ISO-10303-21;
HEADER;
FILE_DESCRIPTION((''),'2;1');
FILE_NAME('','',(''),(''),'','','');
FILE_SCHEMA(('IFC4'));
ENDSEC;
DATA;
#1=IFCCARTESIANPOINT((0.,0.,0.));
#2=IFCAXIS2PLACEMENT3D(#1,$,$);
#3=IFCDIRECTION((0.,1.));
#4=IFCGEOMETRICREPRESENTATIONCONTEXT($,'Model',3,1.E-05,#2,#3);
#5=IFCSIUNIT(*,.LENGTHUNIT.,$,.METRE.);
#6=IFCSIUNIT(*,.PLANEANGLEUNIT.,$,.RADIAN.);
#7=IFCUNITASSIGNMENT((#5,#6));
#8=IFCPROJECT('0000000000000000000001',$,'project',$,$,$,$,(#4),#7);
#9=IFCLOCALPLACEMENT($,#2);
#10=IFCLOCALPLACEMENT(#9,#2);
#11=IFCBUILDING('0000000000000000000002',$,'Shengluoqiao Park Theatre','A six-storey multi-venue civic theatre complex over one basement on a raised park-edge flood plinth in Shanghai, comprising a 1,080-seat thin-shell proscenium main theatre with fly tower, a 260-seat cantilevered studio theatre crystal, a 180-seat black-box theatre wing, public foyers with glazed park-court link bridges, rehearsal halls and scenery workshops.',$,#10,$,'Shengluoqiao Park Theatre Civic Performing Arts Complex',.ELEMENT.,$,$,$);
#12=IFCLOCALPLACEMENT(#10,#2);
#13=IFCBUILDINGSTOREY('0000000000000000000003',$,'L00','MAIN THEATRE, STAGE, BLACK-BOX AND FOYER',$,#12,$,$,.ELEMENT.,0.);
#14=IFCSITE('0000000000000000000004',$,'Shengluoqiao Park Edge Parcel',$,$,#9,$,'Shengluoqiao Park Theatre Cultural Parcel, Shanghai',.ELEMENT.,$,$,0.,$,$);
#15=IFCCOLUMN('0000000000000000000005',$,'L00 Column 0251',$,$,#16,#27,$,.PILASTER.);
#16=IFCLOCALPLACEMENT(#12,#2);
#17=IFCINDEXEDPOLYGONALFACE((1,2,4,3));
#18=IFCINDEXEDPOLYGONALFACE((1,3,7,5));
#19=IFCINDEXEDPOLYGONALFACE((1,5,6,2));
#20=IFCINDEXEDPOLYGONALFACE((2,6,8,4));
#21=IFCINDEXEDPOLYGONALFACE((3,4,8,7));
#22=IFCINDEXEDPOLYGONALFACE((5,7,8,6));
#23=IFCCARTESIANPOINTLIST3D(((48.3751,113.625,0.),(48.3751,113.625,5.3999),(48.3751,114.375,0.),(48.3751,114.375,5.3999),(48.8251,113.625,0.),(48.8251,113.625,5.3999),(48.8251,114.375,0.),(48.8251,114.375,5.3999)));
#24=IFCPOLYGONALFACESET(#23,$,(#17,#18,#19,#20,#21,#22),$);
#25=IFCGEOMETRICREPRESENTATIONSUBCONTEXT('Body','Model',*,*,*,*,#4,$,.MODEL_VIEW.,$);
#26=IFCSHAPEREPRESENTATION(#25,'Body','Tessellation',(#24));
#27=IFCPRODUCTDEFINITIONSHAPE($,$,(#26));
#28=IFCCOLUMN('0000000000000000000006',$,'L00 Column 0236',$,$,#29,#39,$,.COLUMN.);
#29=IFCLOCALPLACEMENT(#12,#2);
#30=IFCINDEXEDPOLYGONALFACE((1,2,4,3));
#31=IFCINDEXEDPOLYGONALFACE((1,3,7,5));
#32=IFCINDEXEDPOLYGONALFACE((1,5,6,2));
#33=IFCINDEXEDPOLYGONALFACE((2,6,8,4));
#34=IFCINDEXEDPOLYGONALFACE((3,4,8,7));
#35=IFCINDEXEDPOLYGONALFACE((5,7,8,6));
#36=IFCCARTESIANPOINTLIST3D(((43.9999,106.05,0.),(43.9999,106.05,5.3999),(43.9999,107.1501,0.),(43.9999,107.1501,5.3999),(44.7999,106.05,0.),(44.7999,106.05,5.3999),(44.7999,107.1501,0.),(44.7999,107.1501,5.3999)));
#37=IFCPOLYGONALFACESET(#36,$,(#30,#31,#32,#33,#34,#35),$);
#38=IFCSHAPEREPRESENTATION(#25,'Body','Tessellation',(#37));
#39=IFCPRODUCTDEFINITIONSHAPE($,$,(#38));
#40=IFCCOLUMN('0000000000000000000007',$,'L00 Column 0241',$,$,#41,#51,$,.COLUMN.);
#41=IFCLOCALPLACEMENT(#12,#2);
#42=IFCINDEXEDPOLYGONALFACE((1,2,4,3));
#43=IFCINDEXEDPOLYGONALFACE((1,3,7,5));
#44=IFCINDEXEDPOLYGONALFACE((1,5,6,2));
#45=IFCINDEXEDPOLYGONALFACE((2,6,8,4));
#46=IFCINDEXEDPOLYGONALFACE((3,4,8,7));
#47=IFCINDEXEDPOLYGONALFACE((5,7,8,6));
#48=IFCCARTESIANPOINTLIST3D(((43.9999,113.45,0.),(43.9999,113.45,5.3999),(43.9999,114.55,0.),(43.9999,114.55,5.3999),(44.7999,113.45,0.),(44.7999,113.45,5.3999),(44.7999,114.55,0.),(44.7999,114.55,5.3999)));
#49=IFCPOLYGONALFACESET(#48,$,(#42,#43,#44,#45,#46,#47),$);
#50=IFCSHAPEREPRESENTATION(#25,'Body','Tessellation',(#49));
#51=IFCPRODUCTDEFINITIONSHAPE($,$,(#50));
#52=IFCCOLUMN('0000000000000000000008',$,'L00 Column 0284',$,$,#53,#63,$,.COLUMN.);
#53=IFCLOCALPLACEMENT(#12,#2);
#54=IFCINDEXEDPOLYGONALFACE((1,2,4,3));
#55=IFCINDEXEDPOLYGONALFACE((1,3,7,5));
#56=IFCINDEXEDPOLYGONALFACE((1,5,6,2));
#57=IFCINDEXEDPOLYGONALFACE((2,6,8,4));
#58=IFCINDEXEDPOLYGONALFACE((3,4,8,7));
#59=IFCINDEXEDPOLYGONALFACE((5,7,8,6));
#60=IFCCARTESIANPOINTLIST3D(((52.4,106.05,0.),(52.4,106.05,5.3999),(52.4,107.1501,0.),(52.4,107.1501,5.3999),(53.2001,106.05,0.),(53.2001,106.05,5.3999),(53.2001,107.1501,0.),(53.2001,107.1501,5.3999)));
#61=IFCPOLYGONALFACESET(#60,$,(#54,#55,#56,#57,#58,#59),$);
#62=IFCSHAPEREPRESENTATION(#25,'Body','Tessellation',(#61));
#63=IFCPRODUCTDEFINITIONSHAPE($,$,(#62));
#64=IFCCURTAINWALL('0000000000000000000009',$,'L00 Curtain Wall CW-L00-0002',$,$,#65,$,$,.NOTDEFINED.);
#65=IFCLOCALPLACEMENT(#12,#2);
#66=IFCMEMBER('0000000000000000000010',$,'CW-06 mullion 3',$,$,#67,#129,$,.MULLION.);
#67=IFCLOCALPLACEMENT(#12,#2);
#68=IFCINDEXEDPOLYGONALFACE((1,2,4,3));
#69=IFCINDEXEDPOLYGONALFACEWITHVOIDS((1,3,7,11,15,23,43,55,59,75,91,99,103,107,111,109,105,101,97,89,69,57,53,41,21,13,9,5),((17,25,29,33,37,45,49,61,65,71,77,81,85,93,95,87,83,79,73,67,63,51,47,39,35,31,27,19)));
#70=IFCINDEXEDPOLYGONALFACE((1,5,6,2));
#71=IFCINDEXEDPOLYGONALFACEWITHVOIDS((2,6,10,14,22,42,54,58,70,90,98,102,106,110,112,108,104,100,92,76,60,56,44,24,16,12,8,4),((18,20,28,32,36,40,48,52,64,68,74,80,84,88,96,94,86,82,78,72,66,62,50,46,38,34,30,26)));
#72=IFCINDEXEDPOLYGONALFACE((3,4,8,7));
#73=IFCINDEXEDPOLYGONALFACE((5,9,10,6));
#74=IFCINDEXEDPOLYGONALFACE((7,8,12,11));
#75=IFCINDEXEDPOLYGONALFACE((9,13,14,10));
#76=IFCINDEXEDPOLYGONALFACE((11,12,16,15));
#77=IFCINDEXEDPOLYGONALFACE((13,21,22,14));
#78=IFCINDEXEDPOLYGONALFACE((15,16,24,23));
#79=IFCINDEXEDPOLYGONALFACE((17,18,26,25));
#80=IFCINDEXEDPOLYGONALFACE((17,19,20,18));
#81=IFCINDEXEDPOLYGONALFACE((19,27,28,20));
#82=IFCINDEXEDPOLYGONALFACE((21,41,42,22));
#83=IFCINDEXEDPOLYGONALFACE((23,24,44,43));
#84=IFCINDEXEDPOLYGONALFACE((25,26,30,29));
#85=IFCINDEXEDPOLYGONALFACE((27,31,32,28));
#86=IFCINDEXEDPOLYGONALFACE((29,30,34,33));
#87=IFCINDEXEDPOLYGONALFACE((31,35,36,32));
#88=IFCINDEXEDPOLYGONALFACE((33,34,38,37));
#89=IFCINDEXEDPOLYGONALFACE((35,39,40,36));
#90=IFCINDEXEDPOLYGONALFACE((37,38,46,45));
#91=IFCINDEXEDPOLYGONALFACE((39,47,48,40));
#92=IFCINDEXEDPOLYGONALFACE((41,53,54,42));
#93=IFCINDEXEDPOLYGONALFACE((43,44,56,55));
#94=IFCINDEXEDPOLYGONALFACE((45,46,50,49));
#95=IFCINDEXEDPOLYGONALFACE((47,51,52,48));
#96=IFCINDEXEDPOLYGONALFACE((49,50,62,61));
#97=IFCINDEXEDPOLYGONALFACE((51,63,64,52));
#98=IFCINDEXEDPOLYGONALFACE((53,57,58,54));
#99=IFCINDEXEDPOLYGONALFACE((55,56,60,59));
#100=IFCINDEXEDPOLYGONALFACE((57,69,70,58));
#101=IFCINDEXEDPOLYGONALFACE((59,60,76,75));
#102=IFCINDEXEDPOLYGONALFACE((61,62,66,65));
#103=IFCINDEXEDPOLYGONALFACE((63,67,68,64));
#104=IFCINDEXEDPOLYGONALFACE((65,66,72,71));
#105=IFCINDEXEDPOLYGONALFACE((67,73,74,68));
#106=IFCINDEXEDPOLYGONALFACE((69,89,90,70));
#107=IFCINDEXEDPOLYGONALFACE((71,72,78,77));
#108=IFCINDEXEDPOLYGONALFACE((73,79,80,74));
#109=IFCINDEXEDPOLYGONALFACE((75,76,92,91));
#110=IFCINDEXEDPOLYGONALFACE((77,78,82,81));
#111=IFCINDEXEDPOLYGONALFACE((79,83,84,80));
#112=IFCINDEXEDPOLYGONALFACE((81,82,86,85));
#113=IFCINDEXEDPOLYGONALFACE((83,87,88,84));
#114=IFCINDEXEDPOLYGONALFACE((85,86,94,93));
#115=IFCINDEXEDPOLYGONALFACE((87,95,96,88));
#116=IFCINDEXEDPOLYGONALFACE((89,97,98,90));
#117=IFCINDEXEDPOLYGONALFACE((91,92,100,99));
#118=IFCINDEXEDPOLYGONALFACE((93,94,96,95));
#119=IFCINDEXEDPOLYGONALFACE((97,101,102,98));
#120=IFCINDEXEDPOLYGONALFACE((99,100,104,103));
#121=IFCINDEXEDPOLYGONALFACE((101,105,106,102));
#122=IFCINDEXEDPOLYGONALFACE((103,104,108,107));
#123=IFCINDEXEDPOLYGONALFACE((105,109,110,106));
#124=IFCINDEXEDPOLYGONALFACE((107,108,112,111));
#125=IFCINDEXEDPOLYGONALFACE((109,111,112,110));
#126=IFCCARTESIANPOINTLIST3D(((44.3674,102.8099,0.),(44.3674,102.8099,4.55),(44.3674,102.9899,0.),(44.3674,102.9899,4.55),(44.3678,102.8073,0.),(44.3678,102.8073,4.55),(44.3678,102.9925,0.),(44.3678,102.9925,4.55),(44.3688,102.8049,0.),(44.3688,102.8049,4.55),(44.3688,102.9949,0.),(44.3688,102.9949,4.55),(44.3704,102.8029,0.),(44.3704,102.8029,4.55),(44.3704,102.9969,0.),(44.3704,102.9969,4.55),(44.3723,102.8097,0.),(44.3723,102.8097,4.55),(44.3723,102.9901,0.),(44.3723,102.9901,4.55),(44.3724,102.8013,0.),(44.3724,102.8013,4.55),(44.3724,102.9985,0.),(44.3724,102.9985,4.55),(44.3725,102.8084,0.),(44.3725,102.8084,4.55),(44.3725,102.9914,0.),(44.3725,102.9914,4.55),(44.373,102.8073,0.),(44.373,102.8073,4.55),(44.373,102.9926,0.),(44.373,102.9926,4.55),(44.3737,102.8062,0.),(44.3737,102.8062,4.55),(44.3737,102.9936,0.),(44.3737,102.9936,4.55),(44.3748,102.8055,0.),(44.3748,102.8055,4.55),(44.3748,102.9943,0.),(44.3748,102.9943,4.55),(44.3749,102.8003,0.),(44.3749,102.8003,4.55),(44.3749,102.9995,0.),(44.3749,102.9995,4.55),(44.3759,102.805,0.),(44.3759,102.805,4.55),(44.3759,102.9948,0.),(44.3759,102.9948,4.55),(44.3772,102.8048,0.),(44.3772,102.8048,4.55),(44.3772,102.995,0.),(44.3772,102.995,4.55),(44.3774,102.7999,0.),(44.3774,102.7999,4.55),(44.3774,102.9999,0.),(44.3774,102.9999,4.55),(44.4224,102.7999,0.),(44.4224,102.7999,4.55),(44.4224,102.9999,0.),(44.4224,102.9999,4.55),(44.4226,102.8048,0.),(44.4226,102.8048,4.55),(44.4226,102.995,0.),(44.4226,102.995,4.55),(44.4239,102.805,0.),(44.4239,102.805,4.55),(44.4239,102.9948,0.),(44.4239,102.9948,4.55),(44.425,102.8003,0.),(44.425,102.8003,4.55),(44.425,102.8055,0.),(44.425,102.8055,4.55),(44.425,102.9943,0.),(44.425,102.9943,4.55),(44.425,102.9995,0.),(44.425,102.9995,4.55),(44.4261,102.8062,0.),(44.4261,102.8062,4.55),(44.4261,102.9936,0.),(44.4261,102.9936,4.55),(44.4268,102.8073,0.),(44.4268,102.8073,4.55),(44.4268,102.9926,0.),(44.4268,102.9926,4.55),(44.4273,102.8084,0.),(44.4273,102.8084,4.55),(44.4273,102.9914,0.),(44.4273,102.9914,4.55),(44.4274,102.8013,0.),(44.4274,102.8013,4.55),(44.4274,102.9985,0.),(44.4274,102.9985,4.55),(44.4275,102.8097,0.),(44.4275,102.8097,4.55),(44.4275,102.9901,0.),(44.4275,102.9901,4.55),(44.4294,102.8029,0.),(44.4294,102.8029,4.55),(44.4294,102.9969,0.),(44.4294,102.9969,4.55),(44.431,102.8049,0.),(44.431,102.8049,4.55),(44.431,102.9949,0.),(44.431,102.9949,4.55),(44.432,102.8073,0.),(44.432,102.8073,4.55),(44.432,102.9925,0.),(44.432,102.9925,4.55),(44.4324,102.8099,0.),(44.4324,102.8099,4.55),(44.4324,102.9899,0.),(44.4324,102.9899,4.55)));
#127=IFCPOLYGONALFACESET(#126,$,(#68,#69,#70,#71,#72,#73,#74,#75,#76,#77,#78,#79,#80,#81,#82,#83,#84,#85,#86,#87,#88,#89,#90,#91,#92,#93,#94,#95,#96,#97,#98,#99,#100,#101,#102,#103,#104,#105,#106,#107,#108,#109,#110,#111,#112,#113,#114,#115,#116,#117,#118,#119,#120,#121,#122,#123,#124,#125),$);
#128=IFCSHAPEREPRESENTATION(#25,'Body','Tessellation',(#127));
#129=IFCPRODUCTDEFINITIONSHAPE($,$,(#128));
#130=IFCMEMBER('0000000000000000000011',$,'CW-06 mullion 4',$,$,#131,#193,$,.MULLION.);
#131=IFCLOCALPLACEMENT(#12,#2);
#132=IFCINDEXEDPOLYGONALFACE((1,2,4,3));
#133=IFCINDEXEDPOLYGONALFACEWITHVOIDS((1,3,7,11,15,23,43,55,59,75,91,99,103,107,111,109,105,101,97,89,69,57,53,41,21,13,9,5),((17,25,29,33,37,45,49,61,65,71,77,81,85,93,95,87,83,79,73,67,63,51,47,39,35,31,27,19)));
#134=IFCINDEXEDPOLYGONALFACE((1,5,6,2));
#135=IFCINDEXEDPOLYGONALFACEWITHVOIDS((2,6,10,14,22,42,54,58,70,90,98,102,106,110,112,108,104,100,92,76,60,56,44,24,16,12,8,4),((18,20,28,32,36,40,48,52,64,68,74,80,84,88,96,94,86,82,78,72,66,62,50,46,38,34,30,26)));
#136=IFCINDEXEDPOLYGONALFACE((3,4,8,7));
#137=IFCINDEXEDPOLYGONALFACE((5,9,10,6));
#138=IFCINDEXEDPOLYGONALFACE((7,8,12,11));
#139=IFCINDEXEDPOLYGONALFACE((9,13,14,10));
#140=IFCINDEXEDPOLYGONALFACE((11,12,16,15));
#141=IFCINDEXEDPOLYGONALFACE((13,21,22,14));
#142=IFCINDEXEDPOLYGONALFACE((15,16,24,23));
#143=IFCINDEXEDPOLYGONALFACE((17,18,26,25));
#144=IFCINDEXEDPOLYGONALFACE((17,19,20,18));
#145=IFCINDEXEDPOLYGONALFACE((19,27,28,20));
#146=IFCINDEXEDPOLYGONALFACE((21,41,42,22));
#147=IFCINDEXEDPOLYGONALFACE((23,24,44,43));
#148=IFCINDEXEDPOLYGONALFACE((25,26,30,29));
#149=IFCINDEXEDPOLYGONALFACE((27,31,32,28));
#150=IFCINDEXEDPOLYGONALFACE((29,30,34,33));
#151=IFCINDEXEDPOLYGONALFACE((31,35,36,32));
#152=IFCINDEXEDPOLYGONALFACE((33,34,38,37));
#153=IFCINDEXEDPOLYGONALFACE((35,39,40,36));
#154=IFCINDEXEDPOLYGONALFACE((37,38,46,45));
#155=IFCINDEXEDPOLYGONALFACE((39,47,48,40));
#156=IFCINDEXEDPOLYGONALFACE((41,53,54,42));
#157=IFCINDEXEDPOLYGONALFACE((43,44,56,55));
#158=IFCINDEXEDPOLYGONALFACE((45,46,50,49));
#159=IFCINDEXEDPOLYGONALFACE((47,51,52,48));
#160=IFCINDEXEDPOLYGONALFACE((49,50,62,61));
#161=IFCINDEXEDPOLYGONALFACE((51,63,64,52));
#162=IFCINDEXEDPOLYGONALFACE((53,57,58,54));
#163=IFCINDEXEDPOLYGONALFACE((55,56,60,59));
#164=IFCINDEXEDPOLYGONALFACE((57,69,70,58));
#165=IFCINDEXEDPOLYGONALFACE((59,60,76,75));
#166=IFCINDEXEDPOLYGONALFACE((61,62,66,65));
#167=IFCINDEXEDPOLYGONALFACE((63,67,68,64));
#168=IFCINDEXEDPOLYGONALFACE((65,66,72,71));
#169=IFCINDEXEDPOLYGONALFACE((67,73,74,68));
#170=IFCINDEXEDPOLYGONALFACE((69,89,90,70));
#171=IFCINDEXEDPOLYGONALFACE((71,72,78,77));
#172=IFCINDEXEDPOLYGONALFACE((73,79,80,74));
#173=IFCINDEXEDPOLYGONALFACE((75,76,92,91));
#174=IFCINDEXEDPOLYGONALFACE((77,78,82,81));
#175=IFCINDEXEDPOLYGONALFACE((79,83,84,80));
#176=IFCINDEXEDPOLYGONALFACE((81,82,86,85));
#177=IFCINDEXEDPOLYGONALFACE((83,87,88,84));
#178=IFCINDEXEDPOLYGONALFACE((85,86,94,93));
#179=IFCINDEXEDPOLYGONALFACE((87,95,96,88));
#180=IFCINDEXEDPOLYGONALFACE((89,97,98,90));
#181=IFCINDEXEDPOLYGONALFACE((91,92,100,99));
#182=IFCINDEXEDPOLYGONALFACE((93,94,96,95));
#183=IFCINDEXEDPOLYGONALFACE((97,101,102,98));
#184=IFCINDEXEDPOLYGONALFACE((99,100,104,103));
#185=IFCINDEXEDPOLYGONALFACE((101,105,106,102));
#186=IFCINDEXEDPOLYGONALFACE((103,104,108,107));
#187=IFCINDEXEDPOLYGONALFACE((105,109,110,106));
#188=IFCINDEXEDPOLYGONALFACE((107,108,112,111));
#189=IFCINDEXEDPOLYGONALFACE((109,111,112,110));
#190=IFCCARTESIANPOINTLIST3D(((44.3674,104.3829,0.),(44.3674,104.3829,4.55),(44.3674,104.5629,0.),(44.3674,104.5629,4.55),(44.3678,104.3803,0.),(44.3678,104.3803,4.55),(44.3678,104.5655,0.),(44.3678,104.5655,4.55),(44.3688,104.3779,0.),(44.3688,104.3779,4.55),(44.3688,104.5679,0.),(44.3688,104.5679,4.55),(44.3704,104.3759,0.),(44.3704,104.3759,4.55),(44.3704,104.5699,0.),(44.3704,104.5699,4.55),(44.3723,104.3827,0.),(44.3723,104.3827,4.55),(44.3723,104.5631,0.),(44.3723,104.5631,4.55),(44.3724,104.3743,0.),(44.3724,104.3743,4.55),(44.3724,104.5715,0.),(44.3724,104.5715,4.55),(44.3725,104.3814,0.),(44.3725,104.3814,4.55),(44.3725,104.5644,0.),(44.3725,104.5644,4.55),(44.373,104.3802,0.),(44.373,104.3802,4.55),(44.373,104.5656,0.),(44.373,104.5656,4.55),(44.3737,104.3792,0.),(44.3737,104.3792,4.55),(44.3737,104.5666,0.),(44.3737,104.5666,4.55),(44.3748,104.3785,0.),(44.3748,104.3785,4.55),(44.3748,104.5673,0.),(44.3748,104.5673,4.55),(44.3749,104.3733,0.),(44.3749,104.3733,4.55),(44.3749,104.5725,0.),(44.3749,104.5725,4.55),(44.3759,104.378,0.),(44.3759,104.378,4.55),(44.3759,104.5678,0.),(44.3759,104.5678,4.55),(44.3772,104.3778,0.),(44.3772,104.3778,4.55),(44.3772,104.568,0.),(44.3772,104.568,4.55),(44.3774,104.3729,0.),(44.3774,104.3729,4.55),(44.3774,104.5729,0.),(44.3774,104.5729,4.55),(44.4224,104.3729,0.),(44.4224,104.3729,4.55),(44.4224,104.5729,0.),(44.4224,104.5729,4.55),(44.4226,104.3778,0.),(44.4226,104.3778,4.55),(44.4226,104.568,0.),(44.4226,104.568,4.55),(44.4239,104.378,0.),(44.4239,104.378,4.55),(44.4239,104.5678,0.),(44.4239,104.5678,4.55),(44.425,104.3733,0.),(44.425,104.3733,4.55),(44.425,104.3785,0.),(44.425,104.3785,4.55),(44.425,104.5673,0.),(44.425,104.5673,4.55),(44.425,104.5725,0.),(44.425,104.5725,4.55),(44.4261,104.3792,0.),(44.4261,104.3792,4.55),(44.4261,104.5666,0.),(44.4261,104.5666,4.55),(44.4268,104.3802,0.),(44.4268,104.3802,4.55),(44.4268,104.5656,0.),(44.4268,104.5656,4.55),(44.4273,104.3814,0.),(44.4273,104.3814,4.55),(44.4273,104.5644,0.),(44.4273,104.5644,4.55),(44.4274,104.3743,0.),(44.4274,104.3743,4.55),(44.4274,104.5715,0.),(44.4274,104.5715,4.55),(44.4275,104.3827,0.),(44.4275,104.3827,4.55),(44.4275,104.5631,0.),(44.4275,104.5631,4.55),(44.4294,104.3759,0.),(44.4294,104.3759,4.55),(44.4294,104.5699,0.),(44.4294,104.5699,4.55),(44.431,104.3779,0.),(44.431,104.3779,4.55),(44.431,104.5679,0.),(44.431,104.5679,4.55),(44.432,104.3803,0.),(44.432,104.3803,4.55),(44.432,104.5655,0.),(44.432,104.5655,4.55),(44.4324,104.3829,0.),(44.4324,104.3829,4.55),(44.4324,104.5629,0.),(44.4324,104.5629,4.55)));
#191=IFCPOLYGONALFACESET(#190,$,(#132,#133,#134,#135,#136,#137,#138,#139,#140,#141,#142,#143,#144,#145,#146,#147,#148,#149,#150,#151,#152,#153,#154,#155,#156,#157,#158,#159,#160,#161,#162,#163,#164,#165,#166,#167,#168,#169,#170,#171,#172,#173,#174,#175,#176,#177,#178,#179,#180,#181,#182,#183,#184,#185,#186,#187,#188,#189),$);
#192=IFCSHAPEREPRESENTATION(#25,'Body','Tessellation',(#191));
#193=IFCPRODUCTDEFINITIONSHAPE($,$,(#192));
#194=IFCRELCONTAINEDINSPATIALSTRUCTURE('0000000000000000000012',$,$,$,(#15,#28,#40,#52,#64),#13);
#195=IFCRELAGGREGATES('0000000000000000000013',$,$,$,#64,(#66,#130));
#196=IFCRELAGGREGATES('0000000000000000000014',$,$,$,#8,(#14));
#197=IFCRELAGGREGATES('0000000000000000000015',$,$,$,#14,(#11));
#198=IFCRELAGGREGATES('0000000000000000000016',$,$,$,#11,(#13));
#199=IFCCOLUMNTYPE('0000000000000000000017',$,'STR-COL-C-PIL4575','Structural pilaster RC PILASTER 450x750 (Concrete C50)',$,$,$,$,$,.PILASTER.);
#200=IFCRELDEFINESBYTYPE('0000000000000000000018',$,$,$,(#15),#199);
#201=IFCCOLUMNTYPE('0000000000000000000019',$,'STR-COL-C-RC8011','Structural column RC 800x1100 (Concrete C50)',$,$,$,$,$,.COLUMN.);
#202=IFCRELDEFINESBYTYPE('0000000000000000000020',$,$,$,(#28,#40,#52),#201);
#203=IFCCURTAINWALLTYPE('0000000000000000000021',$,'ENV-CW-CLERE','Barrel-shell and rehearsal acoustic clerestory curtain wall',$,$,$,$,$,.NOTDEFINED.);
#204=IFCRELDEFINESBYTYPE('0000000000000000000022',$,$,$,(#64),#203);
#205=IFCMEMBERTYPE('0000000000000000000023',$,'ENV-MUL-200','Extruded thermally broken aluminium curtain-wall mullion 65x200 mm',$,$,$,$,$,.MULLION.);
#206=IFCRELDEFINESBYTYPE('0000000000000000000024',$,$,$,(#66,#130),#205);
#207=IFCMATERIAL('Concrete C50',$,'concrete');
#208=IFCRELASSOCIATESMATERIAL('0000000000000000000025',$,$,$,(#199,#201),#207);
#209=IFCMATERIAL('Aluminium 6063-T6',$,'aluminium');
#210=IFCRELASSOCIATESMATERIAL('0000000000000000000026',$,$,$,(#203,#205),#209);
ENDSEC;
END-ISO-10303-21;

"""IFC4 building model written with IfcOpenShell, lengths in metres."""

from ifc_helpers import new_model, si_unit, direction, frame, origin, origin_2d, place, context, subcontext, project, spatial, rectangle, hollow_rectangle, extrude, material, material_profile, profile_set, type_object, element, aggregate, save


model = new_model("IFC4")

# Units and contexts
model_context = context("Model", 3, precision=1e-05, world=origin(), true_north=direction((0.0, 1.0)))
body_context = subcontext(model_context, "Body", "Model", "MODEL_VIEW")
ifc_project = project(units=[si_unit("LENGTHUNIT", "METRE"), si_unit("PLANEANGLEUNIT", "RADIAN")], contexts=[model_context])

# Site, building, storey
site_placement = place(None, origin())
site = spatial("IfcSite", under=ifc_project, at=site_placement, Name="Shengluoqiao Park Edge Parcel", LongName="Shengluoqiao Park Theatre Cultural Parcel, Shanghai", CompositionType="ELEMENT", RefElevation=0.0)
building_placement = place(site_placement, origin())
building = spatial("IfcBuilding", under=site, at=building_placement, Name="Shengluoqiao Park Theatre", Description="A six-storey multi-venue civic theatre complex over one basement on a raised park-edge flood plinth in Shanghai, comprising a 1,080-seat thin-shell proscenium main theatre with fly tower, a 260-seat cantilevered studio theatre crystal, a 180-seat black-box theatre wing, public foyers with glazed park-court link bridges, rehearsal halls and scenery workshops.", LongName="Shengluoqiao Park Theatre Civic Performing Arts Complex", CompositionType="ELEMENT")
storey_placement = place(building_placement, origin())
storey = spatial("IfcBuildingStorey", under=building, at=storey_placement, Name="L00", Description="MAIN THEATRE, STAGE, BLACK-BOX AND FOYER", CompositionType="ELEMENT", Elevation=0.0)

# Columns
ifc_material_1 = material(Name="Concrete C50", Category="concrete")
ifc_material_profile_1 = material_profile(ifc_material_1, rectangle(XDim=0.45, YDim=0.75, at=origin_2d()), Name="RC PILASTER 450x750")
ifc_profile_set_1 = profile_set([ifc_material_profile_1], Name="Concrete C50")
column_type_1 = type_object("IfcColumnType", Name="STR-COL-C-PIL4575", Description="Structural pilaster RC PILASTER 450x750 (Concrete C50)", PredefinedType="PILASTER", material=ifc_profile_set_1)
column_placement = place(storey_placement, frame((48.6001, 114.0, 0.0), z_axis=(0.0, 0.0, 1.0), x_axis=(1.0, 0.0, 0.0)))
element("IfcColumn", 1, at=column_placement, inside=storey, type_object=column_type_1, Name="L00 Column 0251", PredefinedType="PILASTER", context=body_context, shape_type="SweptSolid", body=[
    extrude(rectangle(XDim=0.45, YDim=0.75, at=origin_2d()), origin(), (0.0, 0.0, 1.0), 5.3999),
])
ifc_material_profile_2 = material_profile(ifc_material_1, rectangle(XDim=0.8, YDim=1.1001, at=origin_2d()), Name="RC 800x1100")
ifc_profile_set_2 = profile_set([ifc_material_profile_2], Name="Concrete C50")
column_type_2 = type_object("IfcColumnType", Name="STR-COL-C-RC8011", Description="Structural column RC 800x1100 (Concrete C50)", PredefinedType="COLUMN", material=ifc_profile_set_2)
for number, where, z_axis, x_axis, name in (
    (2, (44.3999, 106.6001, 0.0), (0.0, 0.0, 1.0), (1.0, 0.0, 0.0), "L00 Column 0236"),
    (3, (44.3999, 114.0, 0.0), (0.0, 0.0, 1.0), (1.0, 0.0, 0.0), "L00 Column 0241"),
    (4, (52.8, 106.6001, 0.0), (0.0, 0.0, 1.0), (1.0, 0.0, 0.0), "L00 Column 0284"),
):
    element("IfcColumn", number, at=place(storey_placement, frame(where, z_axis=z_axis, x_axis=x_axis)), inside=storey, type_object=column_type_2, Name=name, PredefinedType="COLUMN", context=body_context, shape_type="SweptSolid", body=[
        extrude(rectangle(XDim=0.8, YDim=1.1001, at=origin_2d()), origin(), (0.0, 0.0, 1.0), 5.3999),
    ])

# Curtain wall, members
ifc_material_2 = material(Name="Aluminium 6063-T6", Category="aluminium")
curtain_wall_type = type_object("IfcCurtainWallType", Name="ENV-CW-CLERE", Description="Barrel-shell and rehearsal acoustic clerestory curtain wall", PredefinedType="NOTDEFINED", material=ifc_material_2)
curtain_wall_placement = place(storey_placement, origin())
curtain_wall = element("IfcCurtainWall", 5, at=curtain_wall_placement, inside=storey, type_object=curtain_wall_type, Name="L00 Curtain Wall CW-L00-0002", PredefinedType="NOTDEFINED")
ifc_material_profile_3 = material_profile(ifc_material_2, hollow_rectangle(XDim=0.0649, YDim=0.2, WallThickness=0.0049, InnerFilletRadius=0.0049, OuterFilletRadius=0.01, at=origin_2d()), Name="ALU MULLION 200x65x5")
ifc_profile_set_3 = profile_set([ifc_material_profile_3], Name="Aluminium 6063-T6")
member_type_1 = type_object("IfcMemberType", Name="ENV-MUL-200", Description="Extruded thermally broken aluminium curtain-wall mullion 65x200 mm", PredefinedType="MULLION", material=ifc_profile_set_3)
member_1_placement = place(storey_placement, frame((44.3999, 102.8999, 0.0), z_axis=(0.0, 0.0, 1.0), x_axis=(-1.0, 0.0, 0.0)))
member_1 = element("IfcMember", 6, at=member_1_placement, type_object=member_type_1, Name="CW-06 mullion 3", PredefinedType="MULLION", context=body_context, shape_type="SweptSolid", body=[
    extrude(hollow_rectangle(XDim=0.0649, YDim=0.2, WallThickness=0.0049, InnerFilletRadius=0.0049, OuterFilletRadius=0.01, at=origin_2d()), origin(), (0.0, 0.0, 1.0), 4.55),
])
member_2_placement = place(storey_placement, frame((44.3999, 104.4729, 0.0), z_axis=(0.0, 0.0, 1.0), x_axis=(-1.0, 0.0, 0.0)))
member_2 = element("IfcMember", 7, at=member_2_placement, type_object=member_type_1, Name="CW-06 mullion 4", PredefinedType="MULLION", context=body_context, shape_type="SweptSolid", body=[
    extrude(hollow_rectangle(XDim=0.0649, YDim=0.2, WallThickness=0.0049, InnerFilletRadius=0.0049, OuterFilletRadius=0.01, at=origin_2d()), origin(), (0.0, 0.0, 1.0), 4.55),
])

aggregate(curtain_wall, [member_1, member_2])

save(model, "model.ifc")
